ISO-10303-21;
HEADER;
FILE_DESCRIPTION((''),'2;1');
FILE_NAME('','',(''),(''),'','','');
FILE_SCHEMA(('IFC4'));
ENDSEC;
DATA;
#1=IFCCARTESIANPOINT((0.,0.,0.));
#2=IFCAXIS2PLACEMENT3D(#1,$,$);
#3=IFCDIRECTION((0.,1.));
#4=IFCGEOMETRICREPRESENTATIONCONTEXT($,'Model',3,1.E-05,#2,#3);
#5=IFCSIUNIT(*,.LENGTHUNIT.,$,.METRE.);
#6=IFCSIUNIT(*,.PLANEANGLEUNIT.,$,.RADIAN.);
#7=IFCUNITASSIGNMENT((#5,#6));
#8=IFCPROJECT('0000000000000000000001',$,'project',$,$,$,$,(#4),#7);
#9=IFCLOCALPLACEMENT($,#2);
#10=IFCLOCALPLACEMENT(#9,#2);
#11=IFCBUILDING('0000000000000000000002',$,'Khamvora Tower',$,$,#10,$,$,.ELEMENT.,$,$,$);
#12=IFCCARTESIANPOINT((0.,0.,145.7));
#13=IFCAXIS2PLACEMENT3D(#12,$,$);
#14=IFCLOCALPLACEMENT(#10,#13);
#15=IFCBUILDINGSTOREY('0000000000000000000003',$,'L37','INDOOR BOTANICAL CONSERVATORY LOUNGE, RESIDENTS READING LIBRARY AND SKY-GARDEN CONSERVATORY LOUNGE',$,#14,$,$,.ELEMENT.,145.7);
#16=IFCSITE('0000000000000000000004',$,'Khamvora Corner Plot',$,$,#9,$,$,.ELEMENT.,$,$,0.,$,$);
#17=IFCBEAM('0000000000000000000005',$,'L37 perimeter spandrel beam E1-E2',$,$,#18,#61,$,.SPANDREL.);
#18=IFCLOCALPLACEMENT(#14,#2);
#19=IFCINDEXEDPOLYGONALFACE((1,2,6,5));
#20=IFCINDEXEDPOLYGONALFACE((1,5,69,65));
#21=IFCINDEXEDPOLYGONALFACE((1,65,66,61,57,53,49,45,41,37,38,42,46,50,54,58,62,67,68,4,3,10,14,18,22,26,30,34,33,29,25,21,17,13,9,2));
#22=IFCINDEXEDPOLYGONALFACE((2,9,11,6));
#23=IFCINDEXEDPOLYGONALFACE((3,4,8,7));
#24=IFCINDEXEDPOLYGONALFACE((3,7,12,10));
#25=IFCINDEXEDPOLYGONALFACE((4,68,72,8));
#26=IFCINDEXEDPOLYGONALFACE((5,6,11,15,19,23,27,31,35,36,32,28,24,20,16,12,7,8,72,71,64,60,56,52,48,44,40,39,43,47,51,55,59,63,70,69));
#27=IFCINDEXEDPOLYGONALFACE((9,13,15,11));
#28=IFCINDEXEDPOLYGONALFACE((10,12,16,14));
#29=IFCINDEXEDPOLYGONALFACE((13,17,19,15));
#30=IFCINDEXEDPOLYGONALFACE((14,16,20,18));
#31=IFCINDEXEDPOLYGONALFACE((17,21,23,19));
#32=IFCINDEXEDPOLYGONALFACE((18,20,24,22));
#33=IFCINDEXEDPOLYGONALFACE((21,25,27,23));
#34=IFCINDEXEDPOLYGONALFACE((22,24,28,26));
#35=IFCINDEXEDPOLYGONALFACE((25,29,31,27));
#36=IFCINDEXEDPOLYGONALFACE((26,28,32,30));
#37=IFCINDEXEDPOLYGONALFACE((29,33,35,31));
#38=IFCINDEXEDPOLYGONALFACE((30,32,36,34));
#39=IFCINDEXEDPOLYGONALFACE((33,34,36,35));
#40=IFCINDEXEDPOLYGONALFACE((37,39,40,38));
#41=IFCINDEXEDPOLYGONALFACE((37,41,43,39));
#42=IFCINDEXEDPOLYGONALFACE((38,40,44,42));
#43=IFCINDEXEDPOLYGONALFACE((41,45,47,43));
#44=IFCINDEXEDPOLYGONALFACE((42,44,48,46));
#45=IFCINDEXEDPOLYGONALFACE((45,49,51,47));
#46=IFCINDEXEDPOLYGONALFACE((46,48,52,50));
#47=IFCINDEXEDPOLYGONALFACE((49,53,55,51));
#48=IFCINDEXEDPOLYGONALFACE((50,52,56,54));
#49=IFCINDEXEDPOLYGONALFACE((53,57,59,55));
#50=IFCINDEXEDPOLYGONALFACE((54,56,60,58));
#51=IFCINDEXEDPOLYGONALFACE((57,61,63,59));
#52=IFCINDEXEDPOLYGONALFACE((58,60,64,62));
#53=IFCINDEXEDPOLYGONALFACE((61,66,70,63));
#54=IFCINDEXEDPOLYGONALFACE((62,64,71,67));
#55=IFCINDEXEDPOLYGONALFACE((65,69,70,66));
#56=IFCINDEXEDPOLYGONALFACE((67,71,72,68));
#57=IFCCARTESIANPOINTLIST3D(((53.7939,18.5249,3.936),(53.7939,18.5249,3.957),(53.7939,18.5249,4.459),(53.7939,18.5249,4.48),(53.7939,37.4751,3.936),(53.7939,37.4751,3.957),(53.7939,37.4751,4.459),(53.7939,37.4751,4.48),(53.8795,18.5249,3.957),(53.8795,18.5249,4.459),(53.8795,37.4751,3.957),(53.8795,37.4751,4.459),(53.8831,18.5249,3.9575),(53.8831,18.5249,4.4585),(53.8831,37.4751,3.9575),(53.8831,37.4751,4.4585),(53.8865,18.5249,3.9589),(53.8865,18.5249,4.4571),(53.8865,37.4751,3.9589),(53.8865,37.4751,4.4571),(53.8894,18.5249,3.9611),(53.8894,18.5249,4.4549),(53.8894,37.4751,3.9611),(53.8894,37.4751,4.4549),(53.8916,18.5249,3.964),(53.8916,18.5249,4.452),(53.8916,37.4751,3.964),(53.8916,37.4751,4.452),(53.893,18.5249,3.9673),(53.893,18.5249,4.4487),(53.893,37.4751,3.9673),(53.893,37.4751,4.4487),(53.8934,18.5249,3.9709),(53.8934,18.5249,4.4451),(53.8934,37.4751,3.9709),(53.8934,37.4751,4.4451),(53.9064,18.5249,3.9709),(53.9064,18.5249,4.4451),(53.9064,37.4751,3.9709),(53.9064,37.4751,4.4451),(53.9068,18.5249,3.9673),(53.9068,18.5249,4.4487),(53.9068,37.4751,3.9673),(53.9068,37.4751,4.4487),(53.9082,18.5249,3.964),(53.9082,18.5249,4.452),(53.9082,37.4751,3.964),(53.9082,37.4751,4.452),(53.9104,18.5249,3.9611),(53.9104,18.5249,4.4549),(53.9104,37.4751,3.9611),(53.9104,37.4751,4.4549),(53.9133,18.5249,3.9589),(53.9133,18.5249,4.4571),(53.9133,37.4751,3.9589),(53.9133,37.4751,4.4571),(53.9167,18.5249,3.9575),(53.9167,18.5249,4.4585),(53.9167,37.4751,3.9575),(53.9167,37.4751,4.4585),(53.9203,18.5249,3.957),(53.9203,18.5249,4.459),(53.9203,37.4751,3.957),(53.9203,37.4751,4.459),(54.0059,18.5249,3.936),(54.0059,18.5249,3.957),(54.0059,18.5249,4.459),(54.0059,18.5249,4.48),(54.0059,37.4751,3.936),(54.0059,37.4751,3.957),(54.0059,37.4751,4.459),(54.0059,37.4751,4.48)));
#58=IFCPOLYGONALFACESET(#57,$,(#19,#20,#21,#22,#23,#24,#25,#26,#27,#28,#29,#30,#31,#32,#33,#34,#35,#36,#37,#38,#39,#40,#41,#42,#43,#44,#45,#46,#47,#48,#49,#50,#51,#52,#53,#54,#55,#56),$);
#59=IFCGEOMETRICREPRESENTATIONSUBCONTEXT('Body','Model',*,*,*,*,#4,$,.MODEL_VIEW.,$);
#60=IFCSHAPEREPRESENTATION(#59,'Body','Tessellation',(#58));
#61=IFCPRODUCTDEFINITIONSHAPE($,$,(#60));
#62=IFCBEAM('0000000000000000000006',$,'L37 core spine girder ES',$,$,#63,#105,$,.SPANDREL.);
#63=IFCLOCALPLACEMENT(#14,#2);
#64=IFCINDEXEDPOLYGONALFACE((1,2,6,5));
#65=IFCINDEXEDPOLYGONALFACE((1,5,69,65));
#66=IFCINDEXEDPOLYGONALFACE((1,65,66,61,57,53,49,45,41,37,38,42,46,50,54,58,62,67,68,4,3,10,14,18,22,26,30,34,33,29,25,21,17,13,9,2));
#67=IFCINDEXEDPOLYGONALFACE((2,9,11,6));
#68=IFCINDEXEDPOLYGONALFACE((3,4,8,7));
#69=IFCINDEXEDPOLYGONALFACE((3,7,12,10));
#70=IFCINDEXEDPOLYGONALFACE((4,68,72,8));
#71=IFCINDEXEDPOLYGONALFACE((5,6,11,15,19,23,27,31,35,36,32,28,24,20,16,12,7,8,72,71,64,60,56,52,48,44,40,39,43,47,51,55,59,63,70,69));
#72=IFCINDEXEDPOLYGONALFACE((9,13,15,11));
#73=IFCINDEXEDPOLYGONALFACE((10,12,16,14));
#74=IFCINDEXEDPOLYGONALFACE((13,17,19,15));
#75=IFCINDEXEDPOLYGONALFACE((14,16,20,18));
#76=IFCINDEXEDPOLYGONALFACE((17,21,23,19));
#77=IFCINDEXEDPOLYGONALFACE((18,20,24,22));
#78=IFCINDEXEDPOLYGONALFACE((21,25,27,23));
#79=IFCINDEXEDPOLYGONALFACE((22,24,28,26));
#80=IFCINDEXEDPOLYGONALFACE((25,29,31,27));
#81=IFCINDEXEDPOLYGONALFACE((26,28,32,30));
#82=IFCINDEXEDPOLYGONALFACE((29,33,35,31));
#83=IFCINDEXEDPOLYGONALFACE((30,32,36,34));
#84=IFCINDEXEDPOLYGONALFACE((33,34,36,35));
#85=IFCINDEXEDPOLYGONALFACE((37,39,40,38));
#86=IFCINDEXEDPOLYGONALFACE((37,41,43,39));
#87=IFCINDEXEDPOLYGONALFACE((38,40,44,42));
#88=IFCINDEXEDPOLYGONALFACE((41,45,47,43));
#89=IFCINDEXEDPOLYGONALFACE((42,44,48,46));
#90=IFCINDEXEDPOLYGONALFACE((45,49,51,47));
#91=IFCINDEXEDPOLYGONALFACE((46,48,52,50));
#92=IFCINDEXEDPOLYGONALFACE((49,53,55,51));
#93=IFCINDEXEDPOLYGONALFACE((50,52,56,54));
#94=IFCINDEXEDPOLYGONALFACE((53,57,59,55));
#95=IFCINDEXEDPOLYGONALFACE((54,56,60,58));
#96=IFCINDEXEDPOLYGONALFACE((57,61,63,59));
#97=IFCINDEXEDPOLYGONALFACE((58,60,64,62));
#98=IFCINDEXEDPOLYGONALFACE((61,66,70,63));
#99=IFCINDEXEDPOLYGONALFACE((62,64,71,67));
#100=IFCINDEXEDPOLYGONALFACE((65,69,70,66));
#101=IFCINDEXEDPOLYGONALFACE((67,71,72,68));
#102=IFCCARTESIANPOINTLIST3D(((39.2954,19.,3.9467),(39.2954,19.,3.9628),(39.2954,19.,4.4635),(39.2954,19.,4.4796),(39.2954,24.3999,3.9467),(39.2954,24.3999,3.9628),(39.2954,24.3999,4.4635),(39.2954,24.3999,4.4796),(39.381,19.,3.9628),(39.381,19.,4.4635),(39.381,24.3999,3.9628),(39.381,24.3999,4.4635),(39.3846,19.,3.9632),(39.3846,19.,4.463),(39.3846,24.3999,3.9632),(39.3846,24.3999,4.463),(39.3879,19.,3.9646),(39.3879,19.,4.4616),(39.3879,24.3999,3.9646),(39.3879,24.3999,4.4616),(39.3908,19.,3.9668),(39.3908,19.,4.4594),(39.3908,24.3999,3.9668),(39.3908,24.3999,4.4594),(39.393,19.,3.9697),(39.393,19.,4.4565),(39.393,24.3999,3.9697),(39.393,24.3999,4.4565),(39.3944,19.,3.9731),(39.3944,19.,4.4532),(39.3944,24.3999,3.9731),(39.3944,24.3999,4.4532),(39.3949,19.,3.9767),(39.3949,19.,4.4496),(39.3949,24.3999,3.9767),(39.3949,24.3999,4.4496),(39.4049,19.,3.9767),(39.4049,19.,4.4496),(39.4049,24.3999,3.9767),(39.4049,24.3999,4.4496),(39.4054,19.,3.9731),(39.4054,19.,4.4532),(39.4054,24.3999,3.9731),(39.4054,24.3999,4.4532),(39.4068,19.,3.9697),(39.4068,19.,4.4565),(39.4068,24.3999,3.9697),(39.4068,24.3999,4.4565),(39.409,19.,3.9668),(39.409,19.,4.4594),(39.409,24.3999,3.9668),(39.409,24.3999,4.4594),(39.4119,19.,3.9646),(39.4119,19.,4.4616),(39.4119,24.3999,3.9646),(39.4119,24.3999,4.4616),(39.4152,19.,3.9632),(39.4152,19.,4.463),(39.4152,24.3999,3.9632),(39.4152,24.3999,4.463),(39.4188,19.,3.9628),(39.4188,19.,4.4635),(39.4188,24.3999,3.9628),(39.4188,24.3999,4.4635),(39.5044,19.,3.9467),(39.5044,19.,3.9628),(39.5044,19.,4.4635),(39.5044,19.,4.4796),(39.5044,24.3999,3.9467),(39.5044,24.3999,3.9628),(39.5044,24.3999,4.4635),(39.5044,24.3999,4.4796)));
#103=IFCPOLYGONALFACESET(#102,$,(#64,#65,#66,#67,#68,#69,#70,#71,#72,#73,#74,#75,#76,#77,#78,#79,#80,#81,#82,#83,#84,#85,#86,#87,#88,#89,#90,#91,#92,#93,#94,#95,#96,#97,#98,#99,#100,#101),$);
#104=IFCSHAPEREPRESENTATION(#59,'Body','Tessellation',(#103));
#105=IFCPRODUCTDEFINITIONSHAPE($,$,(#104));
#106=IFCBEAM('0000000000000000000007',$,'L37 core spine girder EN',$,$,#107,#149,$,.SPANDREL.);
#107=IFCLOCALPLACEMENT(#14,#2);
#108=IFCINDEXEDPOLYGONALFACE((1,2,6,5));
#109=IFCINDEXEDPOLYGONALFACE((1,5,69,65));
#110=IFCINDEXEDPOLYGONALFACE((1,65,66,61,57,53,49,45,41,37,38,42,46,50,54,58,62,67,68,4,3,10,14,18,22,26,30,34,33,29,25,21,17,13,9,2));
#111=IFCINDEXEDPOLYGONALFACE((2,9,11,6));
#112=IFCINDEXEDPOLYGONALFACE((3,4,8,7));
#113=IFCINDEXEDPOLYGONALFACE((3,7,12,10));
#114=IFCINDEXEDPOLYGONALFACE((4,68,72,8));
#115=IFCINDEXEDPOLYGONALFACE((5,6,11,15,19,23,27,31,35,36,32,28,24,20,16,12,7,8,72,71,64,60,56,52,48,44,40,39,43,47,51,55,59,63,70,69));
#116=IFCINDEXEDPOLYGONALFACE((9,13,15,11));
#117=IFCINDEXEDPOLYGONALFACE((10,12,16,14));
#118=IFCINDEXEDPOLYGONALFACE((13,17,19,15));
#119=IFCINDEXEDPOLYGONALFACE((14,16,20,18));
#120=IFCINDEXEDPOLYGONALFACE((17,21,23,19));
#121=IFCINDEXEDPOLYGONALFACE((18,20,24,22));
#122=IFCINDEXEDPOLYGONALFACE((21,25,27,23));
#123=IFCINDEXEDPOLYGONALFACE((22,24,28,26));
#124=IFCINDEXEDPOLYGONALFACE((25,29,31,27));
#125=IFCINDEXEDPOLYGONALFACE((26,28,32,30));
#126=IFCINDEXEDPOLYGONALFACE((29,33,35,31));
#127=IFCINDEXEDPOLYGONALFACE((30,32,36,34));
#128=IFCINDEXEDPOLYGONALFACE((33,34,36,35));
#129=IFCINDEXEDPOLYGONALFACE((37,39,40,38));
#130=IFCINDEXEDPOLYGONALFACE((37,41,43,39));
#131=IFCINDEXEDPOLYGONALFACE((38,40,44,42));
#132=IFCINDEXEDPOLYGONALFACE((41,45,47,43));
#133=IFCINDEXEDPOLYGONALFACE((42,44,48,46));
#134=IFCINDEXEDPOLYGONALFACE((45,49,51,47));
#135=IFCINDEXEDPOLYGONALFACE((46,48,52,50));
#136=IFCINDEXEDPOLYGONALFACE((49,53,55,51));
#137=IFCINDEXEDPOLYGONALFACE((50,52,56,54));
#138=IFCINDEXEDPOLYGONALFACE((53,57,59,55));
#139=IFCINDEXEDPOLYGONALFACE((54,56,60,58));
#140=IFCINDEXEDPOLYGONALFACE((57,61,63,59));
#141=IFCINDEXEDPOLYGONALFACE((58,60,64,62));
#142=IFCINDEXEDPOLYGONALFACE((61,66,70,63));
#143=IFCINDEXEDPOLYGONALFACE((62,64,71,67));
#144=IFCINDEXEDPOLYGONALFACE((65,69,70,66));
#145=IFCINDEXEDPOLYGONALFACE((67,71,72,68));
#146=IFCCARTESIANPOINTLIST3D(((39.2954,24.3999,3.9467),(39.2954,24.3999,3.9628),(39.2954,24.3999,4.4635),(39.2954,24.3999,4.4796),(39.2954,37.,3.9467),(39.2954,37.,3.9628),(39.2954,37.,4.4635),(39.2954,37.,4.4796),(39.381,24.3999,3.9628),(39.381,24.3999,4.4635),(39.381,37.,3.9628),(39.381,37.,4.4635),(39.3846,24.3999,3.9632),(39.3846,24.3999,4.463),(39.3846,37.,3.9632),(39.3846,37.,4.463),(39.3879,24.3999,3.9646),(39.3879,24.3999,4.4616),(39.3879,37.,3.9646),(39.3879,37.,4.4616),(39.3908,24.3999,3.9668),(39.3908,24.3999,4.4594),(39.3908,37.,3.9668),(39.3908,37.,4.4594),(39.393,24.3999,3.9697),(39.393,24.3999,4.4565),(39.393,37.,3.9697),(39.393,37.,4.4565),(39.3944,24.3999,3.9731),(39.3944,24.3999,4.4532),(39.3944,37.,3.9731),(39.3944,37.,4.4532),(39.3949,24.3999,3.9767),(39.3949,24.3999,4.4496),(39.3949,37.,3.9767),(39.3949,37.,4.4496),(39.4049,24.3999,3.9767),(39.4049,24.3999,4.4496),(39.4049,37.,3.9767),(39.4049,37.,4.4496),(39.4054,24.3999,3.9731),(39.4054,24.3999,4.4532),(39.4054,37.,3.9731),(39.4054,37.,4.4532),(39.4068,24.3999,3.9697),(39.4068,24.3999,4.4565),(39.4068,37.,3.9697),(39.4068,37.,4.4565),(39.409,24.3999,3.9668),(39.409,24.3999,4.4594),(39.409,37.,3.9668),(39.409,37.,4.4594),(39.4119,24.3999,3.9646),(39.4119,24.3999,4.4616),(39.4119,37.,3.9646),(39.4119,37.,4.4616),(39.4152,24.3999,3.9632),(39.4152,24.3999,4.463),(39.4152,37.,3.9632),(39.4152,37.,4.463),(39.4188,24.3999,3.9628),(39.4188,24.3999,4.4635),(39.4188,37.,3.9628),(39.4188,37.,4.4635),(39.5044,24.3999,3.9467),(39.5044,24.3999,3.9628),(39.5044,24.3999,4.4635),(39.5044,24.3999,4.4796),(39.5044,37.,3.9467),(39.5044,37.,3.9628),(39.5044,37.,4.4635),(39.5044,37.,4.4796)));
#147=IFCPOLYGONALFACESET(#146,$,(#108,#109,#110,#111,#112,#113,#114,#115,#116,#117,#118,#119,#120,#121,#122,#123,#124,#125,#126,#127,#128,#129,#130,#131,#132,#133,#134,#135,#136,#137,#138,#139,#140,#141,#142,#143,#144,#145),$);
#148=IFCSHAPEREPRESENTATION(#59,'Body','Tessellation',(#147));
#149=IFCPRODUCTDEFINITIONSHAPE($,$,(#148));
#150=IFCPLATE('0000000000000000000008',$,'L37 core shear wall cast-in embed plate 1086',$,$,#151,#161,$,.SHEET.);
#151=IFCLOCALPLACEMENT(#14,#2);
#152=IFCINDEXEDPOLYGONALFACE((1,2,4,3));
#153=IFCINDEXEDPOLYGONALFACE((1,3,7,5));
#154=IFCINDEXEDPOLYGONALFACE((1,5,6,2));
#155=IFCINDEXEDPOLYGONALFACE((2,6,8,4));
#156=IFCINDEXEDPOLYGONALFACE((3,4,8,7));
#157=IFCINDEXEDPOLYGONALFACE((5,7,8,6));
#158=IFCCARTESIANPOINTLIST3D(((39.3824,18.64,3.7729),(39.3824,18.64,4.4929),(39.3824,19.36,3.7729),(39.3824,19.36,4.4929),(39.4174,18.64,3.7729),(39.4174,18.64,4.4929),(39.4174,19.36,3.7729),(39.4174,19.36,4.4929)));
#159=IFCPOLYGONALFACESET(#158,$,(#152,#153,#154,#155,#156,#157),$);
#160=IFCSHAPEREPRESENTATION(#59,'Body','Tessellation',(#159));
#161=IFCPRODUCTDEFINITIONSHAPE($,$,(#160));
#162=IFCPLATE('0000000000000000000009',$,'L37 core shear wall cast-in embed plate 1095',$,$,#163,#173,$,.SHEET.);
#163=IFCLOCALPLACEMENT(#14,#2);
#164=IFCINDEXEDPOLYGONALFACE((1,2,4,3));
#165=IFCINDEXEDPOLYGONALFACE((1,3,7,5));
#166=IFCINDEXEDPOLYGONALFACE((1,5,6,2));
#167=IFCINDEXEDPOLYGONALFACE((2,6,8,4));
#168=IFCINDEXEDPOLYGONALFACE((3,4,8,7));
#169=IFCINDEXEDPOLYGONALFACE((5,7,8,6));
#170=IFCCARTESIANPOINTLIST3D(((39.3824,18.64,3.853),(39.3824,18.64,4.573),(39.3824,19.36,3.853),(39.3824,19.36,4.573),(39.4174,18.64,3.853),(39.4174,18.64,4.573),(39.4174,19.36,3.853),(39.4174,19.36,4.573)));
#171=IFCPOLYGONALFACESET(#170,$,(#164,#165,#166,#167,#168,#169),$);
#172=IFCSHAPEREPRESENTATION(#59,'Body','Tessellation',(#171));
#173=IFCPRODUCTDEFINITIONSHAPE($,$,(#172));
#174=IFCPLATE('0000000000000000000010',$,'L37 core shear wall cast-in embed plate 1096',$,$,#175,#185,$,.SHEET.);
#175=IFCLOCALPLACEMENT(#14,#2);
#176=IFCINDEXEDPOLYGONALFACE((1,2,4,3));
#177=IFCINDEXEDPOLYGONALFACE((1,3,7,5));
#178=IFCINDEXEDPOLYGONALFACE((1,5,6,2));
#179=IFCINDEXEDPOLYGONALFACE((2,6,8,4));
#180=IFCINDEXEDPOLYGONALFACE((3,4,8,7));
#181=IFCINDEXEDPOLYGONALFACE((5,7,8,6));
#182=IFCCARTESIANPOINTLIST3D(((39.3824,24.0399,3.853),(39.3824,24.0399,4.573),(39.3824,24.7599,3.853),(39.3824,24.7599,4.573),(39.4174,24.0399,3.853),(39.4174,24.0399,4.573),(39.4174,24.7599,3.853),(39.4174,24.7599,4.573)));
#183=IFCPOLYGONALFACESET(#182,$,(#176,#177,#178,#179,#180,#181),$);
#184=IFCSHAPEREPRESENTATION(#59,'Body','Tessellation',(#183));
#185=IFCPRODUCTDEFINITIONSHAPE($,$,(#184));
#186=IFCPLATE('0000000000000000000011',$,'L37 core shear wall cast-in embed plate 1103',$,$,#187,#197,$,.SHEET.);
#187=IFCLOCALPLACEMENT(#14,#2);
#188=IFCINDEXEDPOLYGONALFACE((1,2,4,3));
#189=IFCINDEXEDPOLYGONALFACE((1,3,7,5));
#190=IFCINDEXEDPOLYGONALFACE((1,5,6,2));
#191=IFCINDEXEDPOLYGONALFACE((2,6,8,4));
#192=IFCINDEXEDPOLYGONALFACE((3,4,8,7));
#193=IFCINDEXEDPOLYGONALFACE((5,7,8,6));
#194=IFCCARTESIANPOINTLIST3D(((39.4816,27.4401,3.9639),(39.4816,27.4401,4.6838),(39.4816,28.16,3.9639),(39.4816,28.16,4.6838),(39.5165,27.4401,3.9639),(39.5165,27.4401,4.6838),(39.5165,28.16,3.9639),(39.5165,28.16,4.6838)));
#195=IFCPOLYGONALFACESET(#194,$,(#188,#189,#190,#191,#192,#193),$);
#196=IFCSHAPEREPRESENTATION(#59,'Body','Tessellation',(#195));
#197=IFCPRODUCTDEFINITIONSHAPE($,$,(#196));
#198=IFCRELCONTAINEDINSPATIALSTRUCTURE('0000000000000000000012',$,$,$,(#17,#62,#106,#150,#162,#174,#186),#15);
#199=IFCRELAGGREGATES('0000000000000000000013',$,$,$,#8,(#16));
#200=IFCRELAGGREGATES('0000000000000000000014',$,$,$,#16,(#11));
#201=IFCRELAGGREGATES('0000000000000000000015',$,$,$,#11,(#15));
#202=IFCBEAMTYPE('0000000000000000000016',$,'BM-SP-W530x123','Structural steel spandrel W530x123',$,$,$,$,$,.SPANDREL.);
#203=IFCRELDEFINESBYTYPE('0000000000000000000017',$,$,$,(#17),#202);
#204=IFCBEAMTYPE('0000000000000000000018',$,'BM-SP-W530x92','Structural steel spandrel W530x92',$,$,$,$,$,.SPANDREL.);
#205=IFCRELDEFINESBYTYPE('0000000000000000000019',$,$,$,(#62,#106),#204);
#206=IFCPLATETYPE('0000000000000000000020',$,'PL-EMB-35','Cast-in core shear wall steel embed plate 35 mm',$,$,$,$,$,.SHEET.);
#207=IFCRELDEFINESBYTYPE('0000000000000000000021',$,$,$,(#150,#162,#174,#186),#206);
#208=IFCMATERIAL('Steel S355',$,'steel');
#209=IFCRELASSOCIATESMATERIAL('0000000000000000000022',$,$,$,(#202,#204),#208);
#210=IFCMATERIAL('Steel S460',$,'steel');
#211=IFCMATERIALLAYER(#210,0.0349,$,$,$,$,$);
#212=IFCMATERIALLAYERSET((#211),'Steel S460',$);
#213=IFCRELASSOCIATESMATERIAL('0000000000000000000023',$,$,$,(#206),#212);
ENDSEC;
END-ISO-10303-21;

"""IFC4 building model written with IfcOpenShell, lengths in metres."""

from ifc_helpers import new_model, si_unit, direction, frame, origin, origin_2d, place, context, subcontext, project, spatial, rectangle, i_section, extrude, material, layer, layer_set, material_profile, profile_set, type_object, element, save


model = new_model("IFC4")

# Units and contexts
model_context = context("Model", 3, precision=1e-05, world=origin(), true_north=direction((0.0, 1.0)))
body_context = subcontext(model_context, "Body", "Model", "MODEL_VIEW")
ifc_project = project(units=[si_unit("LENGTHUNIT", "METRE"), si_unit("PLANEANGLEUNIT", "RADIAN")], contexts=[model_context])

# Site, building, storey
site_placement = place(None, origin())
site = spatial("IfcSite", under=ifc_project, at=site_placement, Name="Khamvora Corner Plot", CompositionType="ELEMENT", RefElevation=0.0)
building_placement = place(site_placement, origin())
building = spatial("IfcBuilding", under=site, at=building_placement, Name="Khamvora Tower", CompositionType="ELEMENT")
storey_placement = place(building_placement, frame((0.0, 0.0, 145.7)))
storey = spatial("IfcBuildingStorey", under=building, at=storey_placement, Name="L37", Description="INDOOR BOTANICAL CONSERVATORY LOUNGE, RESIDENTS READING LIBRARY AND SKY-GARDEN CONSERVATORY LOUNGE", CompositionType="ELEMENT", Elevation=145.7)

# Shared definitions
ifc_material_1 = material(Name="Steel S460", Category="steel")

# Beams
ifc_material_2 = material(Name="Steel S355", Category="steel")
ifc_material_profile_1 = material_profile(ifc_material_2, i_section(OverallWidth=0.2119, OverallDepth=0.5439, WebThickness=0.0129, FlangeThickness=0.021, FilletRadius=0.0139, at=origin_2d()), Name="W530x123")
ifc_profile_set_1 = profile_set([ifc_material_profile_1], Name="Steel S355")
beam_type_1 = type_object("IfcBeamType", Name="BM-SP-W530x123", Description="Structural steel spandrel W530x123", PredefinedType="SPANDREL", material=ifc_profile_set_1)
beam_1_placement = place(storey_placement, frame((53.8999, 18.5249, 4.208), z_axis=(0.0, 1.0, 0.0), x_axis=(-1.0, 0.0, 0.0)))
element("IfcBeam", 1, at=beam_1_placement, inside=storey, type_object=beam_type_1, Name="L37 perimeter spandrel beam E1-E2", PredefinedType="SPANDREL", context=body_context, shape_type="SweptSolid", body=[
    extrude(i_section(OverallWidth=0.2119, OverallDepth=0.5439, WebThickness=0.0129, FlangeThickness=0.021, FilletRadius=0.0139, at=origin_2d()), origin(), (0.0, 0.0, 1.0), 18.9502),
])
ifc_material_profile_2 = material_profile(ifc_material_2, i_section(OverallWidth=0.209, OverallDepth=0.533, WebThickness=0.01, FlangeThickness=0.0161, FilletRadius=0.0139, at=origin_2d()), Name="W530x92")
ifc_profile_set_2 = profile_set([ifc_material_profile_2], Name="Steel S355")
beam_type_2 = type_object("IfcBeamType", Name="BM-SP-W530x92", Description="Structural steel spandrel W530x92", PredefinedType="SPANDREL", material=ifc_profile_set_2)
beam_2_placement = place(storey_placement, frame((39.3999, 19.0, 4.2131), z_axis=(0.0, 1.0, 0.0), x_axis=(-1.0, 0.0, 0.0)))
element("IfcBeam", 2, at=beam_2_placement, inside=storey, type_object=beam_type_2, Name="L37 core spine girder ES", PredefinedType="SPANDREL", context=body_context, shape_type="SweptSolid", body=[
    extrude(i_section(OverallWidth=0.209, OverallDepth=0.533, WebThickness=0.01, FlangeThickness=0.0161, FilletRadius=0.0139, at=origin_2d()), origin(), (0.0, 0.0, 1.0), 5.3999),
])
beam_3_placement = place(storey_placement, frame((39.3999, 24.3999, 4.2131), z_axis=(0.0, 1.0, 0.0), x_axis=(-1.0, 0.0, 0.0)))
element("IfcBeam", 3, at=beam_3_placement, inside=storey, type_object=beam_type_2, Name="L37 core spine girder EN", PredefinedType="SPANDREL", context=body_context, shape_type="SweptSolid", body=[
    extrude(i_section(OverallWidth=0.209, OverallDepth=0.533, WebThickness=0.01, FlangeThickness=0.0161, FilletRadius=0.0139, at=origin_2d()), origin(), (0.0, 0.0, 1.0), 12.6001),
])

# Plates
ifc_layer_1 = layer(ifc_material_1, 0.0349)
ifc_layer_set_1 = layer_set([ifc_layer_1], Name="Steel S460")
plate_type = type_object("IfcPlateType", Name="PL-EMB-35", Description="Cast-in core shear wall steel embed plate 35 mm", PredefinedType="SHEET", material=ifc_layer_set_1)
for number, where, z_axis, x_axis, name in (
    (4, (39.3999, 19.0, 3.7729), (0.0, 0.0, 1.0), (1.0, 0.0, 0.0), "L37 core shear wall cast-in embed plate 1086"),
    (5, (39.3999, 19.0, 3.853), (0.0, 0.0, 1.0), (1.0, 0.0, 0.0), "L37 core shear wall cast-in embed plate 1095"),
    (6, (39.3999, 24.3999, 3.853), (0.0, 0.0, 1.0), (1.0, 0.0, 0.0), "L37 core shear wall cast-in embed plate 1096"),
    (7, (39.499, 27.8, 3.9639), (0.0, 0.0, 1.0), (1.0, 0.0, 0.0), "L37 core shear wall cast-in embed plate 1103"),
):
    element("IfcPlate", number, at=place(storey_placement, frame(where, z_axis=z_axis, x_axis=x_axis)), inside=storey, type_object=plate_type, Name=name, PredefinedType="SHEET", context=body_context, shape_type="SweptSolid", body=[
        extrude(rectangle(XDim=0.0349, YDim=0.72, at=origin_2d()), origin(), (0.0, 0.0, 1.0), 0.72),
    ])

save(model, "model.ifc")
